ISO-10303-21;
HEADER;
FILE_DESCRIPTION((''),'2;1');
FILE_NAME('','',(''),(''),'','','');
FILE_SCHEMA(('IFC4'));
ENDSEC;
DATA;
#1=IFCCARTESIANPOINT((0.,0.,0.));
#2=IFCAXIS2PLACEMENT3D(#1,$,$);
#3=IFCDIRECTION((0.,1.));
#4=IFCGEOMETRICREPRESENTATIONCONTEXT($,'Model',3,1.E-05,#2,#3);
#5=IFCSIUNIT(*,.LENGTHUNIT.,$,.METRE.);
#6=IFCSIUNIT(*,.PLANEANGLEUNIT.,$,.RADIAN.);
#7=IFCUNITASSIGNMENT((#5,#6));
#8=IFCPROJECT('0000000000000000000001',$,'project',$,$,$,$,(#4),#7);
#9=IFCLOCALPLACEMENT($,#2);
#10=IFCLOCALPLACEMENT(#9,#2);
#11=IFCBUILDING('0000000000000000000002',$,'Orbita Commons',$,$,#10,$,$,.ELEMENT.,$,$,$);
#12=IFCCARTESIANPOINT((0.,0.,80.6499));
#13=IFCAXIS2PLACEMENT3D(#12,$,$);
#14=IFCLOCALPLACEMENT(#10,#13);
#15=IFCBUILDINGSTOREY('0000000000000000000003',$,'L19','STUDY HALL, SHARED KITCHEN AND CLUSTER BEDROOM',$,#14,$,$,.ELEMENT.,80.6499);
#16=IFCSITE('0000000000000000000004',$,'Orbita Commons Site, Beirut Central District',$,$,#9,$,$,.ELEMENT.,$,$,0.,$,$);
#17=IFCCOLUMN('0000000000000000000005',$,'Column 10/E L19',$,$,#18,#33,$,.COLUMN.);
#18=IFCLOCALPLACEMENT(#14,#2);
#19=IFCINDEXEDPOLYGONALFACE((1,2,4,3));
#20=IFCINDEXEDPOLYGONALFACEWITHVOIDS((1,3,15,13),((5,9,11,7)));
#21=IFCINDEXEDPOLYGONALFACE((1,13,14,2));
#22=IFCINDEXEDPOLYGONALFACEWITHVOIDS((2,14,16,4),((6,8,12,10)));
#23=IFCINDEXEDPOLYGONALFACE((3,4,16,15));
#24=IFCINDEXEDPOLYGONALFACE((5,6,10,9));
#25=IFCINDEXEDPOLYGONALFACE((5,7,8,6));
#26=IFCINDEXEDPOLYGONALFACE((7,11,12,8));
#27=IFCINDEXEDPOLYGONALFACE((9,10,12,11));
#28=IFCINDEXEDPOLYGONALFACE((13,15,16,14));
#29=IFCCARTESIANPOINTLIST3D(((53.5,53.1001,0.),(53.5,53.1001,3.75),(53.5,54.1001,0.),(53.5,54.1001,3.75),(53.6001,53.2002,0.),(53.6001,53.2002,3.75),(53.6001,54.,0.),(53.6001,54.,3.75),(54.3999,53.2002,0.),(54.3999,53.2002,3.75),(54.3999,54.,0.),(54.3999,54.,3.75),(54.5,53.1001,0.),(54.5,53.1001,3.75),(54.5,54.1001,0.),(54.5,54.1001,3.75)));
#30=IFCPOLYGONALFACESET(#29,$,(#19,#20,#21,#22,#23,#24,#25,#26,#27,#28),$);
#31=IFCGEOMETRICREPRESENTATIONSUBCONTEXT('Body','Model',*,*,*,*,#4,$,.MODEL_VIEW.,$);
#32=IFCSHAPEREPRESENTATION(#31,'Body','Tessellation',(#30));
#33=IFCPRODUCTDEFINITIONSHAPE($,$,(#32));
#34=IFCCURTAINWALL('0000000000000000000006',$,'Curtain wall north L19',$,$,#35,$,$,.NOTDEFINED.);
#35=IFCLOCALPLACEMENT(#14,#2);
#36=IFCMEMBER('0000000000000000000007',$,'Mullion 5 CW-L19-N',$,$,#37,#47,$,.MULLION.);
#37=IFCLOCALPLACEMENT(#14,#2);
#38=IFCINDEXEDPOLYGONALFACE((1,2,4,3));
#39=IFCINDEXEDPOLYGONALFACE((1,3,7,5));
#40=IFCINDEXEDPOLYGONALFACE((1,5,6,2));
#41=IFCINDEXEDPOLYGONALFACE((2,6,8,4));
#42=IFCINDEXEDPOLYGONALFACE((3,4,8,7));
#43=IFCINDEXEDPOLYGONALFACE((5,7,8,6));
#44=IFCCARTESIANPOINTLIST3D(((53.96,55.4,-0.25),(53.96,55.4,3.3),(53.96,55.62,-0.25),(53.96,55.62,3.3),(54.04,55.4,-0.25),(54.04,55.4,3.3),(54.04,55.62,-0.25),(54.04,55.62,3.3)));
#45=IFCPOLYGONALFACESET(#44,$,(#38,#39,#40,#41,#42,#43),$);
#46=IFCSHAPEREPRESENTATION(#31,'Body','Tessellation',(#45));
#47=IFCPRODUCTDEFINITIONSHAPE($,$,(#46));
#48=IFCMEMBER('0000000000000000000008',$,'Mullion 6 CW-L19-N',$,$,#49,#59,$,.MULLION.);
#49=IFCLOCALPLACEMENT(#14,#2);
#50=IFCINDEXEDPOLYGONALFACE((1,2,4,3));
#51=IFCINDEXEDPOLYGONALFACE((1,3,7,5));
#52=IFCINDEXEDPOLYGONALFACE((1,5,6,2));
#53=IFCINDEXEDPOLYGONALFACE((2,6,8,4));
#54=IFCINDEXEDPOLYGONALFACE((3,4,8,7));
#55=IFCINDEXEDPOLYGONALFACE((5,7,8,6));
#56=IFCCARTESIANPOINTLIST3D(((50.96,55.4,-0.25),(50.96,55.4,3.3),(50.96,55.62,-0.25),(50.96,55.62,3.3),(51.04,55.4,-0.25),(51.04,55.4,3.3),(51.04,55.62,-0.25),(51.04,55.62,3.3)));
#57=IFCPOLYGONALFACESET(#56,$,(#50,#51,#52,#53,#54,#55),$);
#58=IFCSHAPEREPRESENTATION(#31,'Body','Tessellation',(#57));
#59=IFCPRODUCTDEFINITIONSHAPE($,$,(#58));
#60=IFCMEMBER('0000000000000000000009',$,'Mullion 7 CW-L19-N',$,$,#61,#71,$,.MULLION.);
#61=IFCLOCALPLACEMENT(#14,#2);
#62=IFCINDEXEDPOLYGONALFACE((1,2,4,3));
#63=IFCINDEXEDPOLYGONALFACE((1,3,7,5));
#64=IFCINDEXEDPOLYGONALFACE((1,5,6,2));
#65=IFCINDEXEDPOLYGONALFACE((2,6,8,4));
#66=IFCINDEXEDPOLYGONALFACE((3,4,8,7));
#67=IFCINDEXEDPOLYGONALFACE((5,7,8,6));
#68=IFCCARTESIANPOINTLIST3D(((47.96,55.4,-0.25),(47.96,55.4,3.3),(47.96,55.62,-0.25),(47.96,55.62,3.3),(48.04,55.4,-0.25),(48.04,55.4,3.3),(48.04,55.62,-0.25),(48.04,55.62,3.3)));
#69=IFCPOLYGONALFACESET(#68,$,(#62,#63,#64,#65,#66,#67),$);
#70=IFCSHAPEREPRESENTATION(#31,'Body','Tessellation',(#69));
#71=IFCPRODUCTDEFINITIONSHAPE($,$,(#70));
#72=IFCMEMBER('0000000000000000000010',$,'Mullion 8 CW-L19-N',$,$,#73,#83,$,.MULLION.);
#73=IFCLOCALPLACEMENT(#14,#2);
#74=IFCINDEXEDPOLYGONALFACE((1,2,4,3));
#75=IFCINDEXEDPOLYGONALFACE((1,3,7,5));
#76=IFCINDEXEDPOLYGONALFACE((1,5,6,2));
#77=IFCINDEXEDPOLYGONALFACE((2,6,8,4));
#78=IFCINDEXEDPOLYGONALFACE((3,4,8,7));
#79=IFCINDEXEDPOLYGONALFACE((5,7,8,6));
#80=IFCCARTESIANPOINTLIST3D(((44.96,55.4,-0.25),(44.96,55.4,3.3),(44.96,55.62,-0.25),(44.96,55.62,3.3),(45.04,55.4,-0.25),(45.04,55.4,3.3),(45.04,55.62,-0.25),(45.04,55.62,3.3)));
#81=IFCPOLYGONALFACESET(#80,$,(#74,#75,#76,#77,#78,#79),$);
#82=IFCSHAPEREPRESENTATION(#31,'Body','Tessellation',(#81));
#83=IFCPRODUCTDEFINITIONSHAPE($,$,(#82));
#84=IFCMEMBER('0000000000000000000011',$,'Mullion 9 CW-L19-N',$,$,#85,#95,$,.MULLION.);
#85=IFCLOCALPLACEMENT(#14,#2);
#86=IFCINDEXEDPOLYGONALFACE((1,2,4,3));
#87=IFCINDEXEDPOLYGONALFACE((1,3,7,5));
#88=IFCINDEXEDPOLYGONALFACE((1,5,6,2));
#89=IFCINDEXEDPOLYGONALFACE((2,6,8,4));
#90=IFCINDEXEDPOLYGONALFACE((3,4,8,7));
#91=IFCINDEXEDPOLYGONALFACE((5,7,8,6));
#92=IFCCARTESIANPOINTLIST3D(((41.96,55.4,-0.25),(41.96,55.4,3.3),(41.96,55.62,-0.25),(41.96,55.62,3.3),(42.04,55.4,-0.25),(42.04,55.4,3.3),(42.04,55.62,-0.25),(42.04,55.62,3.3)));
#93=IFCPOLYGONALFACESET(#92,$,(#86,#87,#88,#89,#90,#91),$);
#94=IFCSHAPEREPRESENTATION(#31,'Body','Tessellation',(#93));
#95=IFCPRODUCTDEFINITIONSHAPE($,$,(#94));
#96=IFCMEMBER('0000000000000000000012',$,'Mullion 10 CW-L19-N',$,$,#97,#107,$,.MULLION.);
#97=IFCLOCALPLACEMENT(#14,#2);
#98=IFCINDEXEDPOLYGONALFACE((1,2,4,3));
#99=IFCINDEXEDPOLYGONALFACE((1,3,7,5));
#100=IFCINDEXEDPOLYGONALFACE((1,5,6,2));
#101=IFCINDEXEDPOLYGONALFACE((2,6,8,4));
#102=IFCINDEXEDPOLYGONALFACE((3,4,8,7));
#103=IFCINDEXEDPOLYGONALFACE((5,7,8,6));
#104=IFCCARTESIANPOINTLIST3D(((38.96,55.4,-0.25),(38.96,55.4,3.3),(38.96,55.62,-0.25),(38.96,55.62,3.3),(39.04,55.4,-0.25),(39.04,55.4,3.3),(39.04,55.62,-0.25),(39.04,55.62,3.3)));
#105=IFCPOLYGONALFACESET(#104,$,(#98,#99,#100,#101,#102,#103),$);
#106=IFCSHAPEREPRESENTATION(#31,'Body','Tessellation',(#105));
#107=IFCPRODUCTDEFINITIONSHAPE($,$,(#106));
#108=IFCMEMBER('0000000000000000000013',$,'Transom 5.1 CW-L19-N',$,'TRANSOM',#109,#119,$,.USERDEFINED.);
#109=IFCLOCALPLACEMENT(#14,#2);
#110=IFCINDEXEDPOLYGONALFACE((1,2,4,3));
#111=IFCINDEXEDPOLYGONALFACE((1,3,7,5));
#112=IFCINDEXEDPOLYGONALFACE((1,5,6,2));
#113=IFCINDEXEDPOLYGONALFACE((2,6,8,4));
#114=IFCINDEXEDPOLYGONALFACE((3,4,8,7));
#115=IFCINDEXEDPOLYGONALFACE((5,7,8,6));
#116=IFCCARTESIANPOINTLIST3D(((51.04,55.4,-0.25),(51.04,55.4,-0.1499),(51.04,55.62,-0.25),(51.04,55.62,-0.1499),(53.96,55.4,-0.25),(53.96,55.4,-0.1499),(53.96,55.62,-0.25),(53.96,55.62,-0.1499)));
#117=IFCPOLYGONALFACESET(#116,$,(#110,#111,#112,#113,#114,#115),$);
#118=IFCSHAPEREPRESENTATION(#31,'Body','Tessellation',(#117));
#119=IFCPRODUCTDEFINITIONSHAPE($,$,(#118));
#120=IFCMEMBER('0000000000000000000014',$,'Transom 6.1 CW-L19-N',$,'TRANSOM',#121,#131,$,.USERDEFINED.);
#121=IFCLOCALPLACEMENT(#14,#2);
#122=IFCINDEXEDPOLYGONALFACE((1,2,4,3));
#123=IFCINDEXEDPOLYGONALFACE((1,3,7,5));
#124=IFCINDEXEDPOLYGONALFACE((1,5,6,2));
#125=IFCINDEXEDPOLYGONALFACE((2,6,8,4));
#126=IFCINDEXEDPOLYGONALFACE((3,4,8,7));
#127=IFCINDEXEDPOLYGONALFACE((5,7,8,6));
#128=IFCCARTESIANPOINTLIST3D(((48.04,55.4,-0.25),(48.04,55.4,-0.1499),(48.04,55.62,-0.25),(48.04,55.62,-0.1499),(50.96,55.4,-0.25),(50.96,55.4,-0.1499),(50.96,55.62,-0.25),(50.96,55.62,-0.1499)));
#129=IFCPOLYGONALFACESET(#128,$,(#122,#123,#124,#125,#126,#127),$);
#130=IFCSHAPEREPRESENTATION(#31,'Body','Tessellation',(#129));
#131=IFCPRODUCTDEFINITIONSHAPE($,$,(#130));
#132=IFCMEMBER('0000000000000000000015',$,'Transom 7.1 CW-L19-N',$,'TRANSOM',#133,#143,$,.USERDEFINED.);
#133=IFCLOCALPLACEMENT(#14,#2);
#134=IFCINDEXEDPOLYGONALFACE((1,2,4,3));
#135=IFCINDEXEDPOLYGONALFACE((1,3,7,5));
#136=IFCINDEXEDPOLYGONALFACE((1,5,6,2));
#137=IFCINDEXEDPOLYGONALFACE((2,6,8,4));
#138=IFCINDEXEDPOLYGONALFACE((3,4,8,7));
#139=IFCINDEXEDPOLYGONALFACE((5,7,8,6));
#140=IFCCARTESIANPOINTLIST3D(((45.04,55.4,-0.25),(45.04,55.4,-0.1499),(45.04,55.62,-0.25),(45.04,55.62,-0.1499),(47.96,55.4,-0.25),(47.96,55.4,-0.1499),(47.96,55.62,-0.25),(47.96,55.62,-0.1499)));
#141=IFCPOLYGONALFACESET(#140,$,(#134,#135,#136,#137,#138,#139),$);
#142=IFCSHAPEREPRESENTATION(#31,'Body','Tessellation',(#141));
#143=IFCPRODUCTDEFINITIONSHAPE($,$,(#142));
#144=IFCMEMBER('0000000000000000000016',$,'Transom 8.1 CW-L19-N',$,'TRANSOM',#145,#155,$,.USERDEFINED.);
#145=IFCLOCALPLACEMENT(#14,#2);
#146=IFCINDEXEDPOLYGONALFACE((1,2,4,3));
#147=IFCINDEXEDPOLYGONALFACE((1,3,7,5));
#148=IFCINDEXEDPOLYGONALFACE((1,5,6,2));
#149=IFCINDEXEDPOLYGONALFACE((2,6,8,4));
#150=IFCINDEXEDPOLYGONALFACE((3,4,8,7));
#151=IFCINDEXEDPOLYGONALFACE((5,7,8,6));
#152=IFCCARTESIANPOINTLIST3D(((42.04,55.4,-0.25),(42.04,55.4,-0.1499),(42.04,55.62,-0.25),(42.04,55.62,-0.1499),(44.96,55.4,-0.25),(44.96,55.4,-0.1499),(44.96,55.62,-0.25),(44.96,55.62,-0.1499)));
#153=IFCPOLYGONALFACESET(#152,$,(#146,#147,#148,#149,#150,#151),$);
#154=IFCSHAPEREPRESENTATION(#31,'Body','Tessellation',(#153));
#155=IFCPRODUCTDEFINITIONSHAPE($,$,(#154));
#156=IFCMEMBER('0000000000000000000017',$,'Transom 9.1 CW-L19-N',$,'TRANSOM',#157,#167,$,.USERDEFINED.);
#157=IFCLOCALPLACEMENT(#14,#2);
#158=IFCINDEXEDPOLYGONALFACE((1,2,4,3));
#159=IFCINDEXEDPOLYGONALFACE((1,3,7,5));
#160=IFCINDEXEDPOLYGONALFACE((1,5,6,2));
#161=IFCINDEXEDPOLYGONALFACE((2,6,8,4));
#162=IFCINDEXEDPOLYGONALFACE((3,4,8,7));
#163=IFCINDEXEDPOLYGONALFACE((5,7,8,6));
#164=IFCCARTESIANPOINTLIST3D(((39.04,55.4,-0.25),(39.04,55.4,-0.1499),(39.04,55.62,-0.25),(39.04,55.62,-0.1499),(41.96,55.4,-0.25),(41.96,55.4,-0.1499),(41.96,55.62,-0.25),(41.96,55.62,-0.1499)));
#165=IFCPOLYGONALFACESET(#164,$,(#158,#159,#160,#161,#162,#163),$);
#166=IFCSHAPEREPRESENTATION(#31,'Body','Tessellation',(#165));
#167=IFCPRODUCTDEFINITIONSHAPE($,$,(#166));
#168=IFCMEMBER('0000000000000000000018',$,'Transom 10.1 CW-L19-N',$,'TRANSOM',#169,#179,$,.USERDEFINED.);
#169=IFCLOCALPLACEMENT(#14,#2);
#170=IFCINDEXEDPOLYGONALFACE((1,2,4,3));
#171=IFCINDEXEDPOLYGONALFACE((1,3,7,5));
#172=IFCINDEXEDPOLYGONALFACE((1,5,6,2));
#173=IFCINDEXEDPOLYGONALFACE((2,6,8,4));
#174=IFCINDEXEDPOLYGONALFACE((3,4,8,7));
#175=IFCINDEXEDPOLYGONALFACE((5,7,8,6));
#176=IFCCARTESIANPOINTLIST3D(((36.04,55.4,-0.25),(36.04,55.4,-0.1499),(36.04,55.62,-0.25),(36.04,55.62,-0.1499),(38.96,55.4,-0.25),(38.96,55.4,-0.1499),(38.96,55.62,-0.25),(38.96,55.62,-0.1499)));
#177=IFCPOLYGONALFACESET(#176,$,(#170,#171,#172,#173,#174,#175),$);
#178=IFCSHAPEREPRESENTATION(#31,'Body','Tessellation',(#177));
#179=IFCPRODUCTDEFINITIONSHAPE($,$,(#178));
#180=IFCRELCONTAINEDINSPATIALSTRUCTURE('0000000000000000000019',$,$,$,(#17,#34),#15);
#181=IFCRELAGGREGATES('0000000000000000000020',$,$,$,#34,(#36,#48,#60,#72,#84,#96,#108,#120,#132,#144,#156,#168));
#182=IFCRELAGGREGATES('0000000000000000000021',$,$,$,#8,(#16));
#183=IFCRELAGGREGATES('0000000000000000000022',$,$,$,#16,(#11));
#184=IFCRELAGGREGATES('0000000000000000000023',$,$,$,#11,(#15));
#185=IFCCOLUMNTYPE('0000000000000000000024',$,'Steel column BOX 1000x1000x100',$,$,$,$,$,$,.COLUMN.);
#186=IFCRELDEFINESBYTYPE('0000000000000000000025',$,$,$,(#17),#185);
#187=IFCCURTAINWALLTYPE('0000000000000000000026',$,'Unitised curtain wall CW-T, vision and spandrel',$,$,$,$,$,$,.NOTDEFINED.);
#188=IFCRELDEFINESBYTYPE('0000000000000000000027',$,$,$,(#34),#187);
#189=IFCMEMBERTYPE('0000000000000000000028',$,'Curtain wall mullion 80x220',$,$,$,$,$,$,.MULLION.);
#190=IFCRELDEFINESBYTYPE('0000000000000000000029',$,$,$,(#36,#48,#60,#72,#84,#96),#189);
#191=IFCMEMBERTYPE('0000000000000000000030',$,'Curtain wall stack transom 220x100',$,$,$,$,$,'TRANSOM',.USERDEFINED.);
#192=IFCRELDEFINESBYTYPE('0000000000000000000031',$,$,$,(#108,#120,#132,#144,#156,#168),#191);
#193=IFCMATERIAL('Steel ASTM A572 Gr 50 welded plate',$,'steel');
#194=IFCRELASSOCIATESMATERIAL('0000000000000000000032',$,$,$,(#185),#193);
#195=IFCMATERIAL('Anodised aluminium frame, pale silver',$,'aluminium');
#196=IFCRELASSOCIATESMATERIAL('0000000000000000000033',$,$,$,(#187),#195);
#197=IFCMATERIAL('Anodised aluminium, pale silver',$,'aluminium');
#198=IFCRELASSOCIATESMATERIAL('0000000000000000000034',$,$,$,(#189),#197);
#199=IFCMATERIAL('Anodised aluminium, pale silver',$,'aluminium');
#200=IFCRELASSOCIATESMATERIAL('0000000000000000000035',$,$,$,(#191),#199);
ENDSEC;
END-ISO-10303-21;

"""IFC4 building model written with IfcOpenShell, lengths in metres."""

from ifc_helpers import new_model, si_unit, direction, frame, origin, origin_2d, place, context, subcontext, project, spatial, rectangle, hollow_rectangle, extrude, material, material_profile, profile_set, type_object, element, aggregate, save


model = new_model("IFC4")

# Units and contexts
model_context = context("Model", 3, precision=1e-05, world=origin(), true_north=direction((0.0, 1.0)))
body_context = subcontext(model_context, "Body", "Model", "MODEL_VIEW")
ifc_project = project(units=[si_unit("LENGTHUNIT", "METRE"), si_unit("PLANEANGLEUNIT", "RADIAN")], contexts=[model_context])

# Site, building, storey
site_placement = place(None, origin())
site = spatial("IfcSite", under=ifc_project, at=site_placement, Name="Orbita Commons Site, Beirut Central District", CompositionType="ELEMENT", RefElevation=0.0)
building_placement = place(site_placement, origin())
building = spatial("IfcBuilding", under=site, at=building_placement, Name="Orbita Commons", CompositionType="ELEMENT")
storey_placement = place(building_placement, frame((0.0, 0.0, 80.6499)))
storey = spatial("IfcBuildingStorey", under=building, at=storey_placement, Name="L19", Description="STUDY HALL, SHARED KITCHEN AND CLUSTER BEDROOM", CompositionType="ELEMENT", Elevation=80.6499)

# Column
ifc_material_1 = material(Name="Steel ASTM A572 Gr 50 welded plate", Category="steel")
ifc_material_profile_1 = material_profile(ifc_material_1, hollow_rectangle(XDim=1.0, YDim=1.0, WallThickness=0.1001, at=origin_2d()), Name="BOX 1000x1000x100")
ifc_profile_set_1 = profile_set([ifc_material_profile_1], Name="Steel ASTM A572 Gr 50 welded plate")
column_type = type_object("IfcColumnType", Name="Steel column BOX 1000x1000x100", PredefinedType="COLUMN", material=ifc_profile_set_1)
column_placement = place(storey_placement, frame((54.0, 53.6001, 0.0), z_axis=(0.0, 0.0, 1.0), x_axis=(1.0, 0.0, 0.0)))
element("IfcColumn", 1, at=column_placement, inside=storey, type_object=column_type, Name="Column 10/E L19", PredefinedType="COLUMN", context=body_context, shape_type="SweptSolid", body=[
    extrude(hollow_rectangle(XDim=1.0, YDim=1.0, WallThickness=0.1001, at=origin_2d()), origin(), (0.0, 0.0, 1.0), 3.75),
])

# Curtain wall, members
ifc_material_2 = material(Name="Anodised aluminium frame, pale silver", Category="aluminium")
curtain_wall_type = type_object("IfcCurtainWallType", Name="Unitised curtain wall CW-T, vision and spandrel", PredefinedType="NOTDEFINED", material=ifc_material_2)
curtain_wall_placement = place(storey_placement, origin())
curtain_wall = element("IfcCurtainWall", 2, at=curtain_wall_placement, inside=storey, type_object=curtain_wall_type, Name="Curtain wall north L19", PredefinedType="NOTDEFINED")
ifc_material_3 = material(Name="Anodised aluminium, pale silver", Category="aluminium")
ifc_material_profile_2 = material_profile(ifc_material_3, rectangle(XDim=0.0801, YDim=0.22, at=origin_2d()), Name="AL 80x220")
ifc_profile_set_2 = profile_set([ifc_material_profile_2], Name="Anodised aluminium, pale silver")
member_type_1 = type_object("IfcMemberType", Name="Curtain wall mullion 80x220", PredefinedType="MULLION", material=ifc_profile_set_2)
member_1_placement = place(storey_placement, frame((54.0, 55.51, -0.25), z_axis=(0.0, 0.0, 1.0), x_axis=(-1.0, 0.0, 0.0)))
member_1 = element("IfcMember", 3, at=member_1_placement, type_object=member_type_1, Name="Mullion 5 CW-L19-N", PredefinedType="MULLION", context=body_context, shape_type="SweptSolid", body=[
    extrude(rectangle(XDim=0.0801, YDim=0.22, at=origin_2d()), origin(), (0.0, 0.0, 1.0), 3.55),
])
member_2_placement = place(storey_placement, frame((51.0, 55.51, -0.25), z_axis=(0.0, 0.0, 1.0), x_axis=(-1.0, 0.0, 0.0)))
member_2 = element("IfcMember", 4, at=member_2_placement, type_object=member_type_1, Name="Mullion 6 CW-L19-N", PredefinedType="MULLION", context=body_context, shape_type="SweptSolid", body=[
    extrude(rectangle(XDim=0.0801, YDim=0.22, at=origin_2d()), origin(), (0.0, 0.0, 1.0), 3.55),
])
member_3_placement = place(storey_placement, frame((48.0, 55.51, -0.25), z_axis=(0.0, 0.0, 1.0), x_axis=(-1.0, 0.0, 0.0)))
member_3 = element("IfcMember", 5, at=member_3_placement, type_object=member_type_1, Name="Mullion 7 CW-L19-N", PredefinedType="MULLION", context=body_context, shape_type="SweptSolid", body=[
    extrude(rectangle(XDim=0.0801, YDim=0.22, at=origin_2d()), origin(), (0.0, 0.0, 1.0), 3.55),
])
member_4_placement = place(storey_placement, frame((45.0, 55.51, -0.25), z_axis=(0.0, 0.0, 1.0), x_axis=(-1.0, 0.0, 0.0)))
member_4 = element("IfcMember", 6, at=member_4_placement, type_object=member_type_1, Name="Mullion 8 CW-L19-N", PredefinedType="MULLION", context=body_context, shape_type="SweptSolid", body=[
    extrude(rectangle(XDim=0.0801, YDim=0.22, at=origin_2d()), origin(), (0.0, 0.0, 1.0), 3.55),
])
member_5_placement = place(storey_placement, frame((42.0, 55.51, -0.25), z_axis=(0.0, 0.0, 1.0), x_axis=(-1.0, 0.0, 0.0)))
member_5 = element("IfcMember", 7, at=member_5_placement, type_object=member_type_1, Name="Mullion 9 CW-L19-N", PredefinedType="MULLION", context=body_context, shape_type="SweptSolid", body=[
    extrude(rectangle(XDim=0.0801, YDim=0.22, at=origin_2d()), origin(), (0.0, 0.0, 1.0), 3.55),
])
member_6_placement = place(storey_placement, frame((39.0, 55.51, -0.25), z_axis=(0.0, 0.0, 1.0), x_axis=(-1.0, 0.0, 0.0)))
member_6 = element("IfcMember", 8, at=member_6_placement, type_object=member_type_1, Name="Mullion 10 CW-L19-N", PredefinedType="MULLION", context=body_context, shape_type="SweptSolid", body=[
    extrude(rectangle(XDim=0.0801, YDim=0.22, at=origin_2d()), origin(), (0.0, 0.0, 1.0), 3.55),
])
ifc_material_4 = material(Name="Anodised aluminium, pale silver", Category="aluminium")
ifc_material_profile_3 = material_profile(ifc_material_4, rectangle(XDim=0.22, YDim=0.1001, at=origin_2d()), Name="AL 220x100")
ifc_profile_set_3 = profile_set([ifc_material_profile_3], Name="Anodised aluminium, pale silver")
member_type_2 = type_object("IfcMemberType", Name="Curtain wall stack transom 220x100", ElementType="TRANSOM", PredefinedType="USERDEFINED", material=ifc_profile_set_3)
member_7_placement = place(storey_placement, frame((53.96, 55.51, -0.2), z_axis=(-1.0, 0.0, 0.0), x_axis=(0.0, -1.0, 0.0)))
member_7 = element("IfcMember", 9, at=member_7_placement, type_object=member_type_2, Name="Transom 5.1 CW-L19-N", ObjectType="TRANSOM", PredefinedType="USERDEFINED", context=body_context, shape_type="SweptSolid", body=[
    extrude(rectangle(XDim=0.22, YDim=0.1001, at=origin_2d()), origin(), (0.0, 0.0, 1.0), 2.9199),
])
member_8_placement = place(storey_placement, frame((50.96, 55.51, -0.2), z_axis=(-1.0, 0.0, 0.0), x_axis=(0.0, -1.0, 0.0)))
member_8 = element("IfcMember", 10, at=member_8_placement, type_object=member_type_2, Name="Transom 6.1 CW-L19-N", ObjectType="TRANSOM", PredefinedType="USERDEFINED", context=body_context, shape_type="SweptSolid", body=[
    extrude(rectangle(XDim=0.22, YDim=0.1001, at=origin_2d()), origin(), (0.0, 0.0, 1.0), 2.9199),
])
member_9_placement = place(storey_placement, frame((47.96, 55.51, -0.2), z_axis=(-1.0, 0.0, 0.0), x_axis=(0.0, -1.0, 0.0)))
member_9 = element("IfcMember", 11, at=member_9_placement, type_object=member_type_2, Name="Transom 7.1 CW-L19-N", ObjectType="TRANSOM", PredefinedType="USERDEFINED", context=body_context, shape_type="SweptSolid", body=[
    extrude(rectangle(XDim=0.22, YDim=0.1001, at=origin_2d()), origin(), (0.0, 0.0, 1.0), 2.9199),
])
member_10_placement = place(storey_placement, frame((44.96, 55.51, -0.2), z_axis=(-1.0, 0.0, 0.0), x_axis=(0.0, -1.0, 0.0)))
member_10 = element("IfcMember", 12, at=member_10_placement, type_object=member_type_2, Name="Transom 8.1 CW-L19-N", ObjectType="TRANSOM", PredefinedType="USERDEFINED", context=body_context, shape_type="SweptSolid", body=[
    extrude(rectangle(XDim=0.22, YDim=0.1001, at=origin_2d()), origin(), (0.0, 0.0, 1.0), 2.9199),
])
member_11_placement = place(storey_placement, frame((41.96, 55.51, -0.2), z_axis=(-1.0, 0.0, 0.0), x_axis=(0.0, -1.0, 0.0)))
member_11 = element("IfcMember", 13, at=member_11_placement, type_object=member_type_2, Name="Transom 9.1 CW-L19-N", ObjectType="TRANSOM", PredefinedType="USERDEFINED", context=body_context, shape_type="SweptSolid", body=[
    extrude(rectangle(XDim=0.22, YDim=0.1001, at=origin_2d()), origin(), (0.0, 0.0, 1.0), 2.9199),
])
member_12_placement = place(storey_placement, frame((38.96, 55.51, -0.2), z_axis=(-1.0, 0.0, 0.0), x_axis=(0.0, -1.0, 0.0)))
member_12 = element("IfcMember", 14, at=member_12_placement, type_object=member_type_2, Name="Transom 10.1 CW-L19-N", ObjectType="TRANSOM", PredefinedType="USERDEFINED", context=body_context, shape_type="SweptSolid", body=[
    extrude(rectangle(XDim=0.22, YDim=0.1001, at=origin_2d()), origin(), (0.0, 0.0, 1.0), 2.9199),
])

aggregate(curtain_wall, [member_1, member_2, member_3, member_4, member_5, member_6, member_7, member_8, member_9, member_10, member_11, member_12])

save(model, "model.ifc")
